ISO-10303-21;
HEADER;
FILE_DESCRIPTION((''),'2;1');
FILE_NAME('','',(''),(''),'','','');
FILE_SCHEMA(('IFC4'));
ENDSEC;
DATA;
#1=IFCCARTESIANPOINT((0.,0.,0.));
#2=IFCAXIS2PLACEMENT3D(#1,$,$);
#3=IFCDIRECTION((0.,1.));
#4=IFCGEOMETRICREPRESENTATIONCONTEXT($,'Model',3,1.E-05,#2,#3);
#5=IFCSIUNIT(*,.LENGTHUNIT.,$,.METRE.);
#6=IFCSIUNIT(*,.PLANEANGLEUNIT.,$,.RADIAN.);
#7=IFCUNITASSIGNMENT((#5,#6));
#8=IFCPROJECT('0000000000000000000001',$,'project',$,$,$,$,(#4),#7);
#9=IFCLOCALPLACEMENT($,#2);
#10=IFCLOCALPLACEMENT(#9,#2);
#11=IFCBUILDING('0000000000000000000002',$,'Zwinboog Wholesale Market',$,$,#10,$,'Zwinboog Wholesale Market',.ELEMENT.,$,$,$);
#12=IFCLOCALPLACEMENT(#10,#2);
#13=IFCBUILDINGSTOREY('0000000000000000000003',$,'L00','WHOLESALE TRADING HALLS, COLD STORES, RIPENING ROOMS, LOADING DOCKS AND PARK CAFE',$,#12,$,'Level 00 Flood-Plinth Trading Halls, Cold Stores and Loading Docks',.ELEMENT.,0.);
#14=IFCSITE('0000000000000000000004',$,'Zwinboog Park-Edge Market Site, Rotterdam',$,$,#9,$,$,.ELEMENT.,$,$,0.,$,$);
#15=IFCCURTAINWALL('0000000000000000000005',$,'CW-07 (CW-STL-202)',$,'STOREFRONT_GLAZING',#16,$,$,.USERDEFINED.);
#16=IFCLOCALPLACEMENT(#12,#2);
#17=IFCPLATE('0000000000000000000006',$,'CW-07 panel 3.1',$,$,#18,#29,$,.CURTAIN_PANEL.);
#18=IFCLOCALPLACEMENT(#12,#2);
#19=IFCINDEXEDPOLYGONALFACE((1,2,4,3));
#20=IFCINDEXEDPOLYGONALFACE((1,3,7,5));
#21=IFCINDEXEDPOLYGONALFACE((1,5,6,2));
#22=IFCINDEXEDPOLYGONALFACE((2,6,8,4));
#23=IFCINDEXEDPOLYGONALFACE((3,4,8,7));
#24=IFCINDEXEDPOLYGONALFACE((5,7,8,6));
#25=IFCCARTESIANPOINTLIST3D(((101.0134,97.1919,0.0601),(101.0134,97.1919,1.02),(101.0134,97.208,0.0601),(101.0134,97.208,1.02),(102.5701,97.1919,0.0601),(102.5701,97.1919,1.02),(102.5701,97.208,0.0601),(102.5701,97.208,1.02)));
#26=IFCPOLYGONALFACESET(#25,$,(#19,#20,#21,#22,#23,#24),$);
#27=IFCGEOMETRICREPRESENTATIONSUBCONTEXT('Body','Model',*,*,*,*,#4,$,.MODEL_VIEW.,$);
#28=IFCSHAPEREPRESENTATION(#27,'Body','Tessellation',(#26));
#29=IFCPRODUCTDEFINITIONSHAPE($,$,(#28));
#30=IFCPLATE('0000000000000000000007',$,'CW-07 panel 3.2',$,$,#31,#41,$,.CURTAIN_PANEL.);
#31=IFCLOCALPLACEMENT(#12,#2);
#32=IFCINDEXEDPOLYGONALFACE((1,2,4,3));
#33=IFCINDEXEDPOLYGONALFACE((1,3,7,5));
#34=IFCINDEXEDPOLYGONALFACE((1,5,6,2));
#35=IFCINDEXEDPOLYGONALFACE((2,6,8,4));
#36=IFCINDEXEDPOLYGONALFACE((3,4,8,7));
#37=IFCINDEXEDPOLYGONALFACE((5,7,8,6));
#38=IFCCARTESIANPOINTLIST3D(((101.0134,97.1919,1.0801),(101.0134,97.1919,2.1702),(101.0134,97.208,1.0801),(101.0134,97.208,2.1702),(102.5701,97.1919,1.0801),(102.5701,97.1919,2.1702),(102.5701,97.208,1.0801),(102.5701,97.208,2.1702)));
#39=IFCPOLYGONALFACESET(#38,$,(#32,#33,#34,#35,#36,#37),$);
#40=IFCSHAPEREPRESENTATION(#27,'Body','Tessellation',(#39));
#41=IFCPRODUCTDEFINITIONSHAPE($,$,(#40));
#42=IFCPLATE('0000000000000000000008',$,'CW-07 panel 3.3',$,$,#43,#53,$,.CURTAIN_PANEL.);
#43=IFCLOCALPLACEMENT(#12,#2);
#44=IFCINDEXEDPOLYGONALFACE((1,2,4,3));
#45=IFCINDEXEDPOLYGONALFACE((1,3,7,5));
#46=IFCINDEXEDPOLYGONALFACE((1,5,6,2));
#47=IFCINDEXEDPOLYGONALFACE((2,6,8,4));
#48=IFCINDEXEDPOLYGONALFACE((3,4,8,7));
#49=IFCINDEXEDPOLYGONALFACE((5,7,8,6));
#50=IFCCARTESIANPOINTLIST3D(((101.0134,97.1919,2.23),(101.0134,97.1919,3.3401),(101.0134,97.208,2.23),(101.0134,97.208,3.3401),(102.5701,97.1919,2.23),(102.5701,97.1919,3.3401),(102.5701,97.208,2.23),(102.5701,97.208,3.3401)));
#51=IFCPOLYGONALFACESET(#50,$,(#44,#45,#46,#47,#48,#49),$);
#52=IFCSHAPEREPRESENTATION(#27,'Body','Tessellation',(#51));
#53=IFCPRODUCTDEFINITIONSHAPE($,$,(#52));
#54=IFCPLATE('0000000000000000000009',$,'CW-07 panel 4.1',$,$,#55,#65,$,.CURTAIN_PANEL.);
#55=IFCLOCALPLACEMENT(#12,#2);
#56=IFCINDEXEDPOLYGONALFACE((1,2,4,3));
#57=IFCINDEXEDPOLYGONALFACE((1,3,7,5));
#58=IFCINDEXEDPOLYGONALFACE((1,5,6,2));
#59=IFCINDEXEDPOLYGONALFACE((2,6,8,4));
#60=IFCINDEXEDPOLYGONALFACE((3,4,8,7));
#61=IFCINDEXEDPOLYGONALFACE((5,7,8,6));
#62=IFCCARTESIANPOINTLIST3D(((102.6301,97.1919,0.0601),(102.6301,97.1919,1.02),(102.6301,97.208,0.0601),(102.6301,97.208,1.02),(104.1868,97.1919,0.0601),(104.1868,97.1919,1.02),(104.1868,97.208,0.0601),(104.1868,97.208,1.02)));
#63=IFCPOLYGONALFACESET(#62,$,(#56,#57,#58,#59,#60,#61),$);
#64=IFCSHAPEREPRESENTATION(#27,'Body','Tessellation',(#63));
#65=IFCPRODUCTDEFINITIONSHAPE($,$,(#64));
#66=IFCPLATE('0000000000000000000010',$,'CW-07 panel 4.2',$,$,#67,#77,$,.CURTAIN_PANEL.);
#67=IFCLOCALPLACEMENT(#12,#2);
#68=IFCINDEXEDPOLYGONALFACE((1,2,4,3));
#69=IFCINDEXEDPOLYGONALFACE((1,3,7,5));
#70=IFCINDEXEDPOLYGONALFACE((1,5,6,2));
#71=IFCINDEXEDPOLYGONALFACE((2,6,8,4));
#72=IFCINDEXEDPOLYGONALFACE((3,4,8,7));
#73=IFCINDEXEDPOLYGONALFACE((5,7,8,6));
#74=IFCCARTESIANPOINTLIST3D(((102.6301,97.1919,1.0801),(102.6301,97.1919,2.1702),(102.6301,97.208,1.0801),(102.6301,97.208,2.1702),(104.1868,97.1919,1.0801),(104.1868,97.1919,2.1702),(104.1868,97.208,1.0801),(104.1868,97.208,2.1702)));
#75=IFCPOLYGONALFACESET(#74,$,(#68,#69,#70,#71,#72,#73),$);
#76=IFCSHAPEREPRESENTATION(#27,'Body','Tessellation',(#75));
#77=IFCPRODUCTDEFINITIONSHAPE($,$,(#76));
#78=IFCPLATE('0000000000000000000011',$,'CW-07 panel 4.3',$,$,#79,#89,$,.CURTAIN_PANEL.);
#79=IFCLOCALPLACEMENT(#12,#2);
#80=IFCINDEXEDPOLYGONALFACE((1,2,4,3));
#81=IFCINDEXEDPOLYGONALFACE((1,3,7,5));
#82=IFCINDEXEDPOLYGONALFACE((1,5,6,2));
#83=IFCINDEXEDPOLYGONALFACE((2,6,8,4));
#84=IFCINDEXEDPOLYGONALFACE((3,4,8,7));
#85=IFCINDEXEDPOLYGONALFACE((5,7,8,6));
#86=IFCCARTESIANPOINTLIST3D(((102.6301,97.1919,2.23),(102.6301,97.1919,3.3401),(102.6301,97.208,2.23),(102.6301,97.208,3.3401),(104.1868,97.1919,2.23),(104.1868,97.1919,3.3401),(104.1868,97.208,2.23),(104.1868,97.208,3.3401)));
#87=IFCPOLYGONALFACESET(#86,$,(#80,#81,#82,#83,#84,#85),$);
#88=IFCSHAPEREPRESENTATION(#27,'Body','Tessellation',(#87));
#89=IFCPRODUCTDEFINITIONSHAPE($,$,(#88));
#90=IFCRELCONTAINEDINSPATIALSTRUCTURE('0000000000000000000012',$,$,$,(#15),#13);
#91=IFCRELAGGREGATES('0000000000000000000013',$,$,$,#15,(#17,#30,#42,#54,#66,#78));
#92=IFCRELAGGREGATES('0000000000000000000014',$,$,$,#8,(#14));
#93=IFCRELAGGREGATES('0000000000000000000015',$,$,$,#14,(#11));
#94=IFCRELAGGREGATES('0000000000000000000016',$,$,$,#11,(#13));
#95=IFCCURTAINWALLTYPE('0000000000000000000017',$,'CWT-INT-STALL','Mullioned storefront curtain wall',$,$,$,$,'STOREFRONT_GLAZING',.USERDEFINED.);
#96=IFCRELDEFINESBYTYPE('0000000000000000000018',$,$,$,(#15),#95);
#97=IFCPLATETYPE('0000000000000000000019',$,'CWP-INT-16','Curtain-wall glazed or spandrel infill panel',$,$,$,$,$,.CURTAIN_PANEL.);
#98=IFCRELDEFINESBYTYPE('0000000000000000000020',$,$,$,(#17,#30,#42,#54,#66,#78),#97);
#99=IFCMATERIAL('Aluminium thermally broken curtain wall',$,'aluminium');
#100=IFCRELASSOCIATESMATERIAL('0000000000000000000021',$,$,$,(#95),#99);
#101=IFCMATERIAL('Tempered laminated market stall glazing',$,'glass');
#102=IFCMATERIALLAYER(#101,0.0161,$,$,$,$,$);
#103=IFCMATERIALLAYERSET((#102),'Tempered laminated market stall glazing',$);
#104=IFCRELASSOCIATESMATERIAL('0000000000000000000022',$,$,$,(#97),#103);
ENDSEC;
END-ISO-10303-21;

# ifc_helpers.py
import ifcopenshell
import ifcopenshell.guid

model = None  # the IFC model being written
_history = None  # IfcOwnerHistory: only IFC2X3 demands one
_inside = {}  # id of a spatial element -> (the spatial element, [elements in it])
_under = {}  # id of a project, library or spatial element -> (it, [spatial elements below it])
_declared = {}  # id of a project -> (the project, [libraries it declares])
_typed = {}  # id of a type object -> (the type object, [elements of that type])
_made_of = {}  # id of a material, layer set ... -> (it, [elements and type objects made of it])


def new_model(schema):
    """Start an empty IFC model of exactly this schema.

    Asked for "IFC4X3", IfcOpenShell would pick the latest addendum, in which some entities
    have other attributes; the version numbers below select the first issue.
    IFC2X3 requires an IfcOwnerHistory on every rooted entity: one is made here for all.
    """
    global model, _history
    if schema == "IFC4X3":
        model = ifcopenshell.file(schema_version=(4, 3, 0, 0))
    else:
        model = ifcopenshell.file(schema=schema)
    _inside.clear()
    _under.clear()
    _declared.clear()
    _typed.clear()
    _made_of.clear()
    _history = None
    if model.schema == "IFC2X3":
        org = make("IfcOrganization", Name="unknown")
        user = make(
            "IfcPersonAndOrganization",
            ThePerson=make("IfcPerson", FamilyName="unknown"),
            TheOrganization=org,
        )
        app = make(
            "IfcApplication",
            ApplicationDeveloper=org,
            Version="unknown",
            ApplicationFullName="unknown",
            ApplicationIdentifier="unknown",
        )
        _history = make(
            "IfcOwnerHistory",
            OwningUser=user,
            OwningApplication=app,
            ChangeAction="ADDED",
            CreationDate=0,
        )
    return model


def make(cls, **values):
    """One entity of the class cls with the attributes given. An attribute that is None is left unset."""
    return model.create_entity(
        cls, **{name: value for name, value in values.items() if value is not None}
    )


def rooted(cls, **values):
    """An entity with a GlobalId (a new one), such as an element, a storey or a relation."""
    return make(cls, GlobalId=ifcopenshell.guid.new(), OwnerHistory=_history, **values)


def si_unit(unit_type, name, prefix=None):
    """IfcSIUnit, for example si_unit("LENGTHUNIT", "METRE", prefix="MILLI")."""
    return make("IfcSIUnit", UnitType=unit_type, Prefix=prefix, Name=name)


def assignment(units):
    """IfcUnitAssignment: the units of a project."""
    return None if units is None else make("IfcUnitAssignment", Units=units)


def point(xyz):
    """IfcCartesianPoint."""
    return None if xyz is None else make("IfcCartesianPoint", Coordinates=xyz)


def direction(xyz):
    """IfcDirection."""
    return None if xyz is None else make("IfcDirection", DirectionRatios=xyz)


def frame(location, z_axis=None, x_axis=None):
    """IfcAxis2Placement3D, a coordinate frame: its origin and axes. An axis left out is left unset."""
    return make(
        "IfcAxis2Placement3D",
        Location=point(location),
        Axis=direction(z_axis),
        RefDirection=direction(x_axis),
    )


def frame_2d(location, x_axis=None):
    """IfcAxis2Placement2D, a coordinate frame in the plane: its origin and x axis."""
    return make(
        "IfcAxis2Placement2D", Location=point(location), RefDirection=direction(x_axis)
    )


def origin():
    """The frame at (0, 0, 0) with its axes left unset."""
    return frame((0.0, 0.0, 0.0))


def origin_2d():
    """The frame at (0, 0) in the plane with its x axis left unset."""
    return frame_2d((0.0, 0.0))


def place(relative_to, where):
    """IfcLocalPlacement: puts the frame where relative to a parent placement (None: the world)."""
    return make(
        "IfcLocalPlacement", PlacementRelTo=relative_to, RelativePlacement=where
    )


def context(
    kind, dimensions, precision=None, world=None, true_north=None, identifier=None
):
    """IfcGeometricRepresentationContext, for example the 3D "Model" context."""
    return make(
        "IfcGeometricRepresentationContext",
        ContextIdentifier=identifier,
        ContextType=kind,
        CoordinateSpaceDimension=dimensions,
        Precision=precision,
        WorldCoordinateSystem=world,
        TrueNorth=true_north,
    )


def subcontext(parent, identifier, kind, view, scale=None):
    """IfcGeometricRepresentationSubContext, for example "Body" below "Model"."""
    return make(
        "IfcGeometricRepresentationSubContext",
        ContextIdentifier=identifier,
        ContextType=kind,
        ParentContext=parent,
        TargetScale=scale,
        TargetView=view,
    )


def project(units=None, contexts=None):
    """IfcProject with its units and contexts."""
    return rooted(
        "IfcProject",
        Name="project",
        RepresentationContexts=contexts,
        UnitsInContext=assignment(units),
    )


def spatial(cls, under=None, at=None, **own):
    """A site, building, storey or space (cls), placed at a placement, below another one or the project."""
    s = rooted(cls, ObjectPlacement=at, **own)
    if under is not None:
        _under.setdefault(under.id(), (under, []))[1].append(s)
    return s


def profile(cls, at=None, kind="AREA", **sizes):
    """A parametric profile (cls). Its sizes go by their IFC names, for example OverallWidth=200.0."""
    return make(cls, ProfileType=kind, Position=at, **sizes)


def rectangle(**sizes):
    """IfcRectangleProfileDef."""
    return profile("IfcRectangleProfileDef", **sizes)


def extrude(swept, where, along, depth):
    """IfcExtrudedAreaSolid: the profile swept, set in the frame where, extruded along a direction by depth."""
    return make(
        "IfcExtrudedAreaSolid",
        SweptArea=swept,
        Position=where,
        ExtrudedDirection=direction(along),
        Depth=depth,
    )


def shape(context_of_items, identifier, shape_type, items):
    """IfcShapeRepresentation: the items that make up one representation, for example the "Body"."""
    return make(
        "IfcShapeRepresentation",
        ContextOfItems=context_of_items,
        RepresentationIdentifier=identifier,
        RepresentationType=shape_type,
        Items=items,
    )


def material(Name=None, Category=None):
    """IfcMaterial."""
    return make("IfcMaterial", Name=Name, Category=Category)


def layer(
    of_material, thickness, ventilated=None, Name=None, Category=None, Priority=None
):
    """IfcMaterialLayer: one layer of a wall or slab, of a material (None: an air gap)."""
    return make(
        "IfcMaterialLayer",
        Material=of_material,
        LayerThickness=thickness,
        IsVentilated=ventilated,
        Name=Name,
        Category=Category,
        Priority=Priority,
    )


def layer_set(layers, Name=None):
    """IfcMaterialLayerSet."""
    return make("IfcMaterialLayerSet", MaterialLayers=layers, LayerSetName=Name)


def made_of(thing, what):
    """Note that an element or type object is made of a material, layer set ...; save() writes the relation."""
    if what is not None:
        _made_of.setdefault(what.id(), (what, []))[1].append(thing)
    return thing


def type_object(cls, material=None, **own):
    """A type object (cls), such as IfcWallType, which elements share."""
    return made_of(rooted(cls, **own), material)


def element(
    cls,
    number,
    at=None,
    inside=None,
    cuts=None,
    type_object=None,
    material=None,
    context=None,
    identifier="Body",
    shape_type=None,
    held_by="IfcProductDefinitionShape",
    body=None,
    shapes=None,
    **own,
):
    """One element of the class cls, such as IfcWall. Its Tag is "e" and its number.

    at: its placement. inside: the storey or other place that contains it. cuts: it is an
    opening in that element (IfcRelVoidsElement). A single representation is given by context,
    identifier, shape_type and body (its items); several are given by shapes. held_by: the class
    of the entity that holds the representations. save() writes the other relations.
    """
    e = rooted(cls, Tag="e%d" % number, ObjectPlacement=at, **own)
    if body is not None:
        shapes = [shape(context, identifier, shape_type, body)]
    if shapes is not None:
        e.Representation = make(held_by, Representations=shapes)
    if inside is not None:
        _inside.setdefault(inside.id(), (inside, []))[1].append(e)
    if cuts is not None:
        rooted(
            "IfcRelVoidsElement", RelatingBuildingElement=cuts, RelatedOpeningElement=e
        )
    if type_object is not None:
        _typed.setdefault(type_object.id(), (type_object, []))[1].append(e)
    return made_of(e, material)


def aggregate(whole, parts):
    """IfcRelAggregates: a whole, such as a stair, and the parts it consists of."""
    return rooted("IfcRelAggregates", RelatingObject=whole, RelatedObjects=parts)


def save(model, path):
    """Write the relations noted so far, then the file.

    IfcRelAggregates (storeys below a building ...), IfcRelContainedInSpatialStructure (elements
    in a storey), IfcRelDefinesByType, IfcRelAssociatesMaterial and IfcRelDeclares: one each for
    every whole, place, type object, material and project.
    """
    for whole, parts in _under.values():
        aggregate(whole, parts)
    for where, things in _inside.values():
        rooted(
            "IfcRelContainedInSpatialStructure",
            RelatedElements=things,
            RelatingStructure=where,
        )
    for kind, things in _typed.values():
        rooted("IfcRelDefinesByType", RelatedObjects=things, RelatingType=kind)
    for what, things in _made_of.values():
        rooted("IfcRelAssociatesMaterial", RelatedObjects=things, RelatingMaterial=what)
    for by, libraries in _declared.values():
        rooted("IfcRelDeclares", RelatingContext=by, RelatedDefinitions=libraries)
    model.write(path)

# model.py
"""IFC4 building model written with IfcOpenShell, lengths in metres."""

from ifc_helpers import new_model, si_unit, direction, frame, origin, origin_2d, place, context, subcontext, project, spatial, rectangle, extrude, material, layer, layer_set, type_object, element, aggregate, save


model = new_model("IFC4")

# Units and contexts
model_context = context("Model", 3, precision=1e-05, world=origin(), true_north=direction((0.0, 1.0)))
body_context = subcontext(model_context, "Body", "Model", "MODEL_VIEW")
ifc_project = project(units=[si_unit("LENGTHUNIT", "METRE"), si_unit("PLANEANGLEUNIT", "RADIAN")], contexts=[model_context])

# Site, building, storey
site_placement = place(None, origin())
site = spatial("IfcSite", under=ifc_project, at=site_placement, Name="Zwinboog Park-Edge Market Site, Rotterdam", CompositionType="ELEMENT", RefElevation=0.0)
building_placement = place(site_placement, origin())
building = spatial("IfcBuilding", under=site, at=building_placement, Name="Zwinboog Wholesale Market", LongName="Zwinboog Wholesale Market", CompositionType="ELEMENT")
storey_placement = place(building_placement, origin())
storey = spatial("IfcBuildingStorey", under=building, at=storey_placement, Name="L00", Description="WHOLESALE TRADING HALLS, COLD STORES, RIPENING ROOMS, LOADING DOCKS AND PARK CAFE", LongName="Level 00 Flood-Plinth Trading Halls, Cold Stores and Loading Docks", CompositionType="ELEMENT", Elevation=0.0)

# Curtain wall, plates
ifc_material_1 = material(Name="Aluminium thermally broken curtain wall", Category="aluminium")
curtain_wall_type = type_object("IfcCurtainWallType", Name="CWT-INT-STALL", Description="Mullioned storefront curtain wall", ElementType="STOREFRONT_GLAZING", PredefinedType="USERDEFINED", material=ifc_material_1)
curtain_wall_placement = place(storey_placement, origin())
curtain_wall = element("IfcCurtainWall", 1, at=curtain_wall_placement, inside=storey, type_object=curtain_wall_type, Name="CW-07 (CW-STL-202)", ObjectType="STOREFRONT_GLAZING", PredefinedType="USERDEFINED")
ifc_material_2 = material(Name="Tempered laminated market stall glazing", Category="glass")
ifc_layer = layer(ifc_material_2, 0.0161)
ifc_layer_set = layer_set([ifc_layer], Name="Tempered laminated market stall glazing")
plate_type = type_object("IfcPlateType", Name="CWP-INT-16", Description="Curtain-wall glazed or spandrel infill panel", PredefinedType="CURTAIN_PANEL", material=ifc_layer_set)
plate_1_placement = place(storey_placement, frame((101.7917, 97.2, 0.0601), z_axis=(0.0, 0.0, 1.0), x_axis=(1.0, 0.0, 0.0)))
plate_1 = element("IfcPlate", 2, at=plate_1_placement, type_object=plate_type, Name="CW-07 panel 3.1", PredefinedType="CURTAIN_PANEL", context=body_context, shape_type="SweptSolid", body=[
    extrude(rectangle(XDim=1.5566, YDim=0.0161, at=origin_2d()), origin(), (0.0, 0.0, 1.0), 0.96),
])
plate_2_placement = place(storey_placement, frame((101.7917, 97.2, 1.0801), z_axis=(0.0, 0.0, 1.0), x_axis=(1.0, 0.0, 0.0)))
plate_2 = element("IfcPlate", 3, at=plate_2_placement, type_object=plate_type, Name="CW-07 panel 3.2", PredefinedType="CURTAIN_PANEL", context=body_context, shape_type="SweptSolid", body=[
    extrude(rectangle(XDim=1.5566, YDim=0.0161, at=origin_2d()), origin(), (0.0, 0.0, 1.0), 1.0901),
])
plate_3_placement = place(storey_placement, frame((101.7917, 97.2, 2.23), z_axis=(0.0, 0.0, 1.0), x_axis=(1.0, 0.0, 0.0)))
plate_3 = element("IfcPlate", 4, at=plate_3_placement, type_object=plate_type, Name="CW-07 panel 3.3", PredefinedType="CURTAIN_PANEL", context=body_context, shape_type="SweptSolid", body=[
    extrude(rectangle(XDim=1.5566, YDim=0.0161, at=origin_2d()), origin(), (0.0, 0.0, 1.0), 1.1101),
])
plate_4_placement = place(storey_placement, frame((103.4084, 97.2, 0.0601), z_axis=(0.0, 0.0, 1.0), x_axis=(1.0, 0.0, 0.0)))
plate_4 = element("IfcPlate", 5, at=plate_4_placement, type_object=plate_type, Name="CW-07 panel 4.1", PredefinedType="CURTAIN_PANEL", context=body_context, shape_type="SweptSolid", body=[
    extrude(rectangle(XDim=1.5566, YDim=0.0161, at=origin_2d()), origin(), (0.0, 0.0, 1.0), 0.96),
])
plate_5_placement = place(storey_placement, frame((103.4084, 97.2, 1.0801), z_axis=(0.0, 0.0, 1.0), x_axis=(1.0, 0.0, 0.0)))
plate_5 = element("IfcPlate", 6, at=plate_5_placement, type_object=plate_type, Name="CW-07 panel 4.2", PredefinedType="CURTAIN_PANEL", context=body_context, shape_type="SweptSolid", body=[
    extrude(rectangle(XDim=1.5566, YDim=0.0161, at=origin_2d()), origin(), (0.0, 0.0, 1.0), 1.0901),
])
plate_6_placement = place(storey_placement, frame((103.4084, 97.2, 2.23), z_axis=(0.0, 0.0, 1.0), x_axis=(1.0, 0.0, 0.0)))
plate_6 = element("IfcPlate", 7, at=plate_6_placement, type_object=plate_type, Name="CW-07 panel 4.3", PredefinedType="CURTAIN_PANEL", context=body_context, shape_type="SweptSolid", body=[
    extrude(rectangle(XDim=1.5566, YDim=0.0161, at=origin_2d()), origin(), (0.0, 0.0, 1.0), 1.1101),
])
aggregate(curtain_wall, [plate_1, plate_2, plate_3, plate_4, plate_5, plate_6])

save(model, "model.ifc")
